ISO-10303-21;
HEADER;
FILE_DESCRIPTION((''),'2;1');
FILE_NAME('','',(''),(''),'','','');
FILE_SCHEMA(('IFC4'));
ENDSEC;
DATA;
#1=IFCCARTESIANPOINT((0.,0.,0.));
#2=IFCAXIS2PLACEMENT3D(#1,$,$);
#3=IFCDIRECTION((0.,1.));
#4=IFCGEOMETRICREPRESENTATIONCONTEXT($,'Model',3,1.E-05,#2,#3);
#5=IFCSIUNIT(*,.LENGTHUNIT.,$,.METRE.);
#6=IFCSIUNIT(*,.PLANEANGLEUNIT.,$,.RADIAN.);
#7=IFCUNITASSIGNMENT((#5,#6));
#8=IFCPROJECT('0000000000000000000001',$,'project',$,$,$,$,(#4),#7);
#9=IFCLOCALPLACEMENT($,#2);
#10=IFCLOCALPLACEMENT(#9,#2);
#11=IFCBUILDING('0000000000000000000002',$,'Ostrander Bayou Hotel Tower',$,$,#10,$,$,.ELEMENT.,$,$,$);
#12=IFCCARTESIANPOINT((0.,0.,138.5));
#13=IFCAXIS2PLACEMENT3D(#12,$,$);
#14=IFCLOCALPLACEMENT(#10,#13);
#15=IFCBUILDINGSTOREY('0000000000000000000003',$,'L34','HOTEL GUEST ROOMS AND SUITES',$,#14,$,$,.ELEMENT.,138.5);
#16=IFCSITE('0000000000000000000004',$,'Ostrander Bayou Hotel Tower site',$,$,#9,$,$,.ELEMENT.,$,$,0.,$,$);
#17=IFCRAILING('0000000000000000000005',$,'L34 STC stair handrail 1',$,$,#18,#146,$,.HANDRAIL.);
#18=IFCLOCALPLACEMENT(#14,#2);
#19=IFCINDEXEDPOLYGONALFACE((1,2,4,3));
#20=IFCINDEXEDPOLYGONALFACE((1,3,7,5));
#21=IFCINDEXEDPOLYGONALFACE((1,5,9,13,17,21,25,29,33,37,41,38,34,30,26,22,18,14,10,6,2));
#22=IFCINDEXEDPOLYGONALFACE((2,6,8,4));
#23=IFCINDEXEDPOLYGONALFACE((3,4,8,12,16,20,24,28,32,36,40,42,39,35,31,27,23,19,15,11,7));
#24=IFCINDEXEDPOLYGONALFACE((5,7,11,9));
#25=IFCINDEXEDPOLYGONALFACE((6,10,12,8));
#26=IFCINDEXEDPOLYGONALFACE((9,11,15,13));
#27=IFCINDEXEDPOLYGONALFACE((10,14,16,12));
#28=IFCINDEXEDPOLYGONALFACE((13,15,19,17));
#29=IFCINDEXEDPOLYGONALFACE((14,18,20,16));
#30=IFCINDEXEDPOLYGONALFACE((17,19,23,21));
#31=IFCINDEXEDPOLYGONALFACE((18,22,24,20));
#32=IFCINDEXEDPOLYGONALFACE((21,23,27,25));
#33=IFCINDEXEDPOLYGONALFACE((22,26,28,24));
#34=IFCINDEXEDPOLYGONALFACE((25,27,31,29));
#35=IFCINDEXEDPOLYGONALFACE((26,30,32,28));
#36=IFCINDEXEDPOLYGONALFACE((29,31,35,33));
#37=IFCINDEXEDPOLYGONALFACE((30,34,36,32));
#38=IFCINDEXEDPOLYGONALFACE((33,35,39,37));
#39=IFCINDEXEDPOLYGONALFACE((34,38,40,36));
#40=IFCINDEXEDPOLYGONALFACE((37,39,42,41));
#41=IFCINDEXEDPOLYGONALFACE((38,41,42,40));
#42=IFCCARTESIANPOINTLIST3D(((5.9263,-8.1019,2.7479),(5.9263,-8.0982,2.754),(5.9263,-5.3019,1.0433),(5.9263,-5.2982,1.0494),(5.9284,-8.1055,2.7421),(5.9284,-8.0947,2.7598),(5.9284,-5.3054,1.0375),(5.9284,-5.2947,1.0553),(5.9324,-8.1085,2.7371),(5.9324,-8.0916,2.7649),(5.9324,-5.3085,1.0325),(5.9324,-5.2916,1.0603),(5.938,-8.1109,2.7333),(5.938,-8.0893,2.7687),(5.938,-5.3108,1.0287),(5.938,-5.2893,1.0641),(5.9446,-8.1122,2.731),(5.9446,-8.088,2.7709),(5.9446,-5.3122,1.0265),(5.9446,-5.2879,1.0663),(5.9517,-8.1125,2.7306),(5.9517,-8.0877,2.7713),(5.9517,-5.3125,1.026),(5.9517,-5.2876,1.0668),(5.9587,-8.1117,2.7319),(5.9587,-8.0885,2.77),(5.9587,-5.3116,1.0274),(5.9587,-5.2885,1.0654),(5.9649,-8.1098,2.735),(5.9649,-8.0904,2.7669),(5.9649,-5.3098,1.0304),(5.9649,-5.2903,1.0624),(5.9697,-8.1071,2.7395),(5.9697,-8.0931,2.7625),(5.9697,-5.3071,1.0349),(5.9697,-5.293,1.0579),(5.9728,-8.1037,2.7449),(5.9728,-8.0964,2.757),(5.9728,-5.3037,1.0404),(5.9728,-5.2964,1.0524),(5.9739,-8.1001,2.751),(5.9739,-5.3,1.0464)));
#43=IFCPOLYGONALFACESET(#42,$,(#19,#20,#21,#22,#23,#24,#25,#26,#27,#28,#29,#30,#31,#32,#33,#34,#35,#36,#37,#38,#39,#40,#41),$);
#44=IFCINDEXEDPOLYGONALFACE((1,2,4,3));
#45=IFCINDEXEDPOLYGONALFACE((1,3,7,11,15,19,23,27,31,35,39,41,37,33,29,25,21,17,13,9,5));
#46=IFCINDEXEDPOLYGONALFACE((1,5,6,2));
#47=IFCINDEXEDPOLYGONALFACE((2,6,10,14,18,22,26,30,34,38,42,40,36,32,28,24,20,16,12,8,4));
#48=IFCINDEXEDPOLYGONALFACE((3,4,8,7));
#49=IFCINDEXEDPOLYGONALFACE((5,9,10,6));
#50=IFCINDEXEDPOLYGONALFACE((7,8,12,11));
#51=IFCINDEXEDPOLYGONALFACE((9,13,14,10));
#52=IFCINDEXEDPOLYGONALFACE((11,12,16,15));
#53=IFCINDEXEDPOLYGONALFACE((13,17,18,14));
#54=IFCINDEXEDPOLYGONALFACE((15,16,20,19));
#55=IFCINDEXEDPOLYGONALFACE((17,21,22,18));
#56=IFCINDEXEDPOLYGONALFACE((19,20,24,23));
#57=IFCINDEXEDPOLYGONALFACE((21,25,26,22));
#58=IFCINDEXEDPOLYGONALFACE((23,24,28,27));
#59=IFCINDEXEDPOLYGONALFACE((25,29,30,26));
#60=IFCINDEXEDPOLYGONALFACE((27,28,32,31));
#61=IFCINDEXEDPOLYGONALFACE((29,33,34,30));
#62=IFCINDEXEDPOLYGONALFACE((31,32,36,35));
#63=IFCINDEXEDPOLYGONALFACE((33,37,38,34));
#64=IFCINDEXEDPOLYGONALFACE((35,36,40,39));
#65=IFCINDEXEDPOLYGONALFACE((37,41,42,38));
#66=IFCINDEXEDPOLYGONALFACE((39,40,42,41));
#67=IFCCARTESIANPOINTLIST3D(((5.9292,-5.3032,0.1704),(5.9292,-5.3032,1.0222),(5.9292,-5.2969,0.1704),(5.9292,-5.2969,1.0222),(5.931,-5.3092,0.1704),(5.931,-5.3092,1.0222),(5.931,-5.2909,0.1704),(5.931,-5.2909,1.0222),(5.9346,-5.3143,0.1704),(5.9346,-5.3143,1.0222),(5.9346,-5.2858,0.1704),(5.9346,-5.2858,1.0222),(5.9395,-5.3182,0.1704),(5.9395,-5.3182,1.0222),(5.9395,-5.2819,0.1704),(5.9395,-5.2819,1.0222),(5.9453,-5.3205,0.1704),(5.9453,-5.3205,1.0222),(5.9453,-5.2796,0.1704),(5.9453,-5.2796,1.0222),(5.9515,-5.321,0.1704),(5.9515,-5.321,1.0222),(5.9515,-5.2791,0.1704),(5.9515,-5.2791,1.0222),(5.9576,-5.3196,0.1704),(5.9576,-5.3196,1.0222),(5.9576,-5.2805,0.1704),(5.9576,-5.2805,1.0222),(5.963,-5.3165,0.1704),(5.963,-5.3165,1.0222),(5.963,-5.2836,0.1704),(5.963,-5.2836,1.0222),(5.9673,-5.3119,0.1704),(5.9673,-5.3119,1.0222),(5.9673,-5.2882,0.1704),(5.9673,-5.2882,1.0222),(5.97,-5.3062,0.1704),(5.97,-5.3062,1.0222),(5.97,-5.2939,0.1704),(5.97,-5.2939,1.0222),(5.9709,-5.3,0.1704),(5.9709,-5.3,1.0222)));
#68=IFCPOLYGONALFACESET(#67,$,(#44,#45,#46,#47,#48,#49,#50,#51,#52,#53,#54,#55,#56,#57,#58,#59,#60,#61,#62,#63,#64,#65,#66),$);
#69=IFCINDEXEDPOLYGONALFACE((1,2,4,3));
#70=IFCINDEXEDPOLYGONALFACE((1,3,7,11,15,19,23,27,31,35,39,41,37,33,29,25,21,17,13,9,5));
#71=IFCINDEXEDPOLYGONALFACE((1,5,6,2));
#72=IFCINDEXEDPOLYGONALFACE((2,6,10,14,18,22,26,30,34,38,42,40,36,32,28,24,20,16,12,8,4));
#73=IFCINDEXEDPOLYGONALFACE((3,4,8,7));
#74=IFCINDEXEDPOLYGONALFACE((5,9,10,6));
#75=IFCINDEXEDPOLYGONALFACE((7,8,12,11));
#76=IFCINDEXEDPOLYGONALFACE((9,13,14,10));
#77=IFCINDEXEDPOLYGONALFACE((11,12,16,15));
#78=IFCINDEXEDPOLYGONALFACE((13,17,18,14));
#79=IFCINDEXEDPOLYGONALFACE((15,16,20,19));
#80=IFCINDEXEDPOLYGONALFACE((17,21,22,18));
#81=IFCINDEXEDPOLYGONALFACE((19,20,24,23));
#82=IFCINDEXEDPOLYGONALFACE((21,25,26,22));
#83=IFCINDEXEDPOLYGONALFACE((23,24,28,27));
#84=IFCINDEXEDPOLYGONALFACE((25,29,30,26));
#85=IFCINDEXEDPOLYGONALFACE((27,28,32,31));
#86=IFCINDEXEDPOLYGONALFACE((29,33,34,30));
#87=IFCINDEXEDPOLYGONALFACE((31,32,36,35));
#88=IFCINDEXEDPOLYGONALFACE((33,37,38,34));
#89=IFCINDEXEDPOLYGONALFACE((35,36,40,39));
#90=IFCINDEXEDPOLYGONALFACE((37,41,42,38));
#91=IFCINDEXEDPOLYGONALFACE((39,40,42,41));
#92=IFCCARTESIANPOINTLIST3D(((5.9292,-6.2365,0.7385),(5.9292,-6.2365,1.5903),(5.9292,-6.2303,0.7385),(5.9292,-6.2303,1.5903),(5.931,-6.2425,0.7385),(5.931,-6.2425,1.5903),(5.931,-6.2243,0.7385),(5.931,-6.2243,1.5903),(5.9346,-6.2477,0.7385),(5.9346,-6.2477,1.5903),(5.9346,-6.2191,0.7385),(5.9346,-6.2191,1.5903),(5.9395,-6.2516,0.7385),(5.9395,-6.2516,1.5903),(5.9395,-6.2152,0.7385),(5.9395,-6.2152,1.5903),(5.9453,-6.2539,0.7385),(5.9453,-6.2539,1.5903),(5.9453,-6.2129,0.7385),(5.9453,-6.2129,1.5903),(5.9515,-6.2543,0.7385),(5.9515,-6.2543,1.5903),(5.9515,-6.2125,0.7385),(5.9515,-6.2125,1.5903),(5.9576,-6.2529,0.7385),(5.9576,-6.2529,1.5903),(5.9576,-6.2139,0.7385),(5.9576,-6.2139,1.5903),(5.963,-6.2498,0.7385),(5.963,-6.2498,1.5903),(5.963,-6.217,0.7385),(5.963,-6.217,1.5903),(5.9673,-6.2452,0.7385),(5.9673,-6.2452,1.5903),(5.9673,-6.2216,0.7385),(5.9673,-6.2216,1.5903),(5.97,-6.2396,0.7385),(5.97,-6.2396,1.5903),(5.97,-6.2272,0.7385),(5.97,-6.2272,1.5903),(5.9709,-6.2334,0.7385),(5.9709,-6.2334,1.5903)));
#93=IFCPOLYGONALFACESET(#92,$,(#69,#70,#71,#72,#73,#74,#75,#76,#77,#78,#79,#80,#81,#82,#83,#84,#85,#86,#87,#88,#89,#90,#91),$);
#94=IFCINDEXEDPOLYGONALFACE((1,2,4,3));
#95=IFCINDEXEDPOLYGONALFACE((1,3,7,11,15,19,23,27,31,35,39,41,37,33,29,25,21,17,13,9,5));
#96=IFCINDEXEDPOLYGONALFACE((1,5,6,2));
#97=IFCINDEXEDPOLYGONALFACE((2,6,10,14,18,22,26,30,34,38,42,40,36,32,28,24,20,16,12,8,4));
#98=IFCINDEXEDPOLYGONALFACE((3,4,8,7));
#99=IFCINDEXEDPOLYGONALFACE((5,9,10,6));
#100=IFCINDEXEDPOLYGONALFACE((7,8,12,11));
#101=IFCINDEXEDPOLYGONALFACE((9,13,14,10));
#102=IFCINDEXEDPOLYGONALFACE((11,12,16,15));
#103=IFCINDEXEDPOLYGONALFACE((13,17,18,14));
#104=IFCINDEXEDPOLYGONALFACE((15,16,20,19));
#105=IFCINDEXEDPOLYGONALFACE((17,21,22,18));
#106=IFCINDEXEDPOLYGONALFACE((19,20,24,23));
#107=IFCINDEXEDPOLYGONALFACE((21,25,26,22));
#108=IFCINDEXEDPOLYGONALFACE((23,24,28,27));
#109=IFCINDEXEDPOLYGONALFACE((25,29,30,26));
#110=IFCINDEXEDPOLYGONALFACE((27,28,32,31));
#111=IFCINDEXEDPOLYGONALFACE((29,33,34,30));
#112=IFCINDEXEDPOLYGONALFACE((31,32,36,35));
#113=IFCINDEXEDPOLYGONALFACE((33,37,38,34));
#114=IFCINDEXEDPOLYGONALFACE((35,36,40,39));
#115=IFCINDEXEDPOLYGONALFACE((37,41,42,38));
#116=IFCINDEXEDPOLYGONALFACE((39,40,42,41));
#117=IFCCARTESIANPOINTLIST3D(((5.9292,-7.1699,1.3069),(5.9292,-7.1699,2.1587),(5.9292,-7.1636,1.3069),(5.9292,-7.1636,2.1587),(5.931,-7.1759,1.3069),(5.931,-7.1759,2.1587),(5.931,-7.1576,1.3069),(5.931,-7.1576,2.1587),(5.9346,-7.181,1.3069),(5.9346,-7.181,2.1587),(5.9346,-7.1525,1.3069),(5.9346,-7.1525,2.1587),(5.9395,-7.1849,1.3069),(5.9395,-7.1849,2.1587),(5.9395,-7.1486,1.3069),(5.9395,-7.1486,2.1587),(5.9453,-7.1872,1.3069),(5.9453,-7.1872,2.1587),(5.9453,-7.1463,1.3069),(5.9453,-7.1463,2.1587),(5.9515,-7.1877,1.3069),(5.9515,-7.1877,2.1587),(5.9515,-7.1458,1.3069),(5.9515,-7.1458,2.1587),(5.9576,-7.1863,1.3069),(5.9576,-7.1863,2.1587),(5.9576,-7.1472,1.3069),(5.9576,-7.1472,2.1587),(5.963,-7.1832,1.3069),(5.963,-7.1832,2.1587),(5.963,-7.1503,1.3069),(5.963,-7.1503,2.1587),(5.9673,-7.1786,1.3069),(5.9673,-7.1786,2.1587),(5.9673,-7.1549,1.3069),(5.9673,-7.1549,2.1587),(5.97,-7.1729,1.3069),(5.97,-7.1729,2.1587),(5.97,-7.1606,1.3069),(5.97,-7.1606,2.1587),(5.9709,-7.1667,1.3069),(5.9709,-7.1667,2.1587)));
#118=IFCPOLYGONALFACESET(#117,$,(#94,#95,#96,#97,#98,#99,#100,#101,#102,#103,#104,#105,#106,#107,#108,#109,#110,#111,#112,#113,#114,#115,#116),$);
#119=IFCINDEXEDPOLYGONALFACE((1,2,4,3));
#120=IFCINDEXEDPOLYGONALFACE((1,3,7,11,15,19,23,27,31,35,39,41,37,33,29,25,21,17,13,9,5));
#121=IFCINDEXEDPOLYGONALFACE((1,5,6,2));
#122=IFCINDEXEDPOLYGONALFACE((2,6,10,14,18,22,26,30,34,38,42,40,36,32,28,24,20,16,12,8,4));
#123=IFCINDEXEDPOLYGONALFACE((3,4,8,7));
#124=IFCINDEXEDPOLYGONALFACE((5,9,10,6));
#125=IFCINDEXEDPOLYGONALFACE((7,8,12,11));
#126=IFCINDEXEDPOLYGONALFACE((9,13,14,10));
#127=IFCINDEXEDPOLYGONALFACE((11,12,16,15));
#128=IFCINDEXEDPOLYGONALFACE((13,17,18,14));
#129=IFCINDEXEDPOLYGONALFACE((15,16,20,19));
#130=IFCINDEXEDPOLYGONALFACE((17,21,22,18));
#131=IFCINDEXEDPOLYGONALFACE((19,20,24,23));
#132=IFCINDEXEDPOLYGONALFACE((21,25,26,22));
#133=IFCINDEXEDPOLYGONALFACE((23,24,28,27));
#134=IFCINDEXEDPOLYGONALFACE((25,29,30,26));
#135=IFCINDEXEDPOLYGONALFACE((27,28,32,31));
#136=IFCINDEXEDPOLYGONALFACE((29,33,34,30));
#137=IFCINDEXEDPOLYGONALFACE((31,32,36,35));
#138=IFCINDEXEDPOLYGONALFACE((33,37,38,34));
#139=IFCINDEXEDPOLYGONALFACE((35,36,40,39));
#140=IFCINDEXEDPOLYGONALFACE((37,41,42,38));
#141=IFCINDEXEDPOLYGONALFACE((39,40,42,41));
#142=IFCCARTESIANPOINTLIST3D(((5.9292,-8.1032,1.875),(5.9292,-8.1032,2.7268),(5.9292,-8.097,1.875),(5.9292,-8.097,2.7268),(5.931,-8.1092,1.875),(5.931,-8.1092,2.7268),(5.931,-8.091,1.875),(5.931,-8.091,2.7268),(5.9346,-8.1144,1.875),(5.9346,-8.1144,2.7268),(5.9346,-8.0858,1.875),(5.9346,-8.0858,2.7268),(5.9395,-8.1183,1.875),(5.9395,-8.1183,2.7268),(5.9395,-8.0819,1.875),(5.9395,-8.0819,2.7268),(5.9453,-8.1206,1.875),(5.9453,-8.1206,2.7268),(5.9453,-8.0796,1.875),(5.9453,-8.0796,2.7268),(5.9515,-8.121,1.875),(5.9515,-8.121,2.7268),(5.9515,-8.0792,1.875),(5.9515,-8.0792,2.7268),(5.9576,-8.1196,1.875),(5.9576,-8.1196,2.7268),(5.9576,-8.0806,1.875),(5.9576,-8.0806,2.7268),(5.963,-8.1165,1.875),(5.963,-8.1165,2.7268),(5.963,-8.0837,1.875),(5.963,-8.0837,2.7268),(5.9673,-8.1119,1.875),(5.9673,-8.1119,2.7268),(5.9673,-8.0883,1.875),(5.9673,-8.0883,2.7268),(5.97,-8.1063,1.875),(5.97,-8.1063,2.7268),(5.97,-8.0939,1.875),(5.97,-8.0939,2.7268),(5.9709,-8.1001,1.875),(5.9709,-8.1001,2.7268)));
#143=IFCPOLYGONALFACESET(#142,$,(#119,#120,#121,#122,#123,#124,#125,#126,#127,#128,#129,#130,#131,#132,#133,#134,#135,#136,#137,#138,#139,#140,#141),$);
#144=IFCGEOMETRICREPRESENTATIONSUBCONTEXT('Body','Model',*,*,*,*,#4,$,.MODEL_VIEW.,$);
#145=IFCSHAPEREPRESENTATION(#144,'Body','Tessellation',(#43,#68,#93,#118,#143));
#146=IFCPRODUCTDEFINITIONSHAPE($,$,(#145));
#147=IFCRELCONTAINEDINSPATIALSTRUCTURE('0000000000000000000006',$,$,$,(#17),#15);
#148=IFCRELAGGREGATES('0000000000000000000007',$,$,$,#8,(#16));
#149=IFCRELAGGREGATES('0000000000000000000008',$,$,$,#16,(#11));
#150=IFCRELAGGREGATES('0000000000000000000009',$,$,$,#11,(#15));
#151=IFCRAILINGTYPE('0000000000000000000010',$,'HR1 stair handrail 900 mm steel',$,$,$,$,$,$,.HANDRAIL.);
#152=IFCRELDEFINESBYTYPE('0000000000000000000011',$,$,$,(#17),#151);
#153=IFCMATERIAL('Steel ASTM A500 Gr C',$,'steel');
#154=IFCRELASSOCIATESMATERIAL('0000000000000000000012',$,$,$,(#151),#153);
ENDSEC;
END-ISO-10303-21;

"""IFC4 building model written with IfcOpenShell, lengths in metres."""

from ifc_helpers import new_model, si_unit, direction, frame, origin, origin_2d, place, context, subcontext, project, spatial, circle, extrude, material, type_object, element, save


model = new_model("IFC4")

# Units and contexts
model_context = context("Model", 3, precision=1e-05, world=origin(), true_north=direction((0.0, 1.0)))
body_context = subcontext(model_context, "Body", "Model", "MODEL_VIEW")
ifc_project = project(units=[si_unit("LENGTHUNIT", "METRE"), si_unit("PLANEANGLEUNIT", "RADIAN")], contexts=[model_context])

# Site, building, storey
site_placement = place(None, origin())
site = spatial("IfcSite", under=ifc_project, at=site_placement, Name="Ostrander Bayou Hotel Tower site", CompositionType="ELEMENT", RefElevation=0.0)
building_placement = place(site_placement, origin())
building = spatial("IfcBuilding", under=site, at=building_placement, Name="Ostrander Bayou Hotel Tower", CompositionType="ELEMENT")
storey_placement = place(building_placement, frame((0.0, 0.0, 138.5)))
storey = spatial("IfcBuildingStorey", under=building, at=storey_placement, Name="L34", Description="HOTEL GUEST ROOMS AND SUITES", CompositionType="ELEMENT", Elevation=138.5)

# Railing
ifc_material_1 = material(Name="Steel ASTM A500 Gr C", Category="steel")
railing_type_1 = type_object("IfcRailingType", Name="HR1 stair handrail 900 mm steel", PredefinedType="HANDRAIL", material=ifc_material_1)
railing_1_placement = place(storey_placement, frame((5.95, -5.3, 0.1704)))
element("IfcRailing", 1, at=railing_1_placement, inside=storey, type_object=railing_type_1, Name="L34 STC stair handrail 1", PredefinedType="HANDRAIL", context=body_context, shape_type="SweptSolid", body=[
    extrude(circle(Radius=0.0239, at=origin_2d()), frame((0.0, 0.0, 0.876), z_axis=(0.0, -0.85417, 0.519994), x_axis=(1.0, 0.0, 0.0)), (0.0, 0.0, 1.0), 3.2781),
    extrude(circle(Radius=0.021, at=origin_2d()), origin(), (0.0, 0.0, 1.0), 0.8518),
    extrude(circle(Radius=0.021, at=origin_2d()), frame((0.0, -0.9333, 0.5681)), (0.0, 0.0, 1.0), 0.8518),
    extrude(circle(Radius=0.021, at=origin_2d()), frame((0.0, -1.8667, 1.1365)), (0.0, 0.0, 1.0), 0.8518),
    extrude(circle(Radius=0.021, at=origin_2d()), frame((0.0, -2.8, 1.7046)), (0.0, 0.0, 1.0), 0.8518),
])

save(model, "model.ifc")
